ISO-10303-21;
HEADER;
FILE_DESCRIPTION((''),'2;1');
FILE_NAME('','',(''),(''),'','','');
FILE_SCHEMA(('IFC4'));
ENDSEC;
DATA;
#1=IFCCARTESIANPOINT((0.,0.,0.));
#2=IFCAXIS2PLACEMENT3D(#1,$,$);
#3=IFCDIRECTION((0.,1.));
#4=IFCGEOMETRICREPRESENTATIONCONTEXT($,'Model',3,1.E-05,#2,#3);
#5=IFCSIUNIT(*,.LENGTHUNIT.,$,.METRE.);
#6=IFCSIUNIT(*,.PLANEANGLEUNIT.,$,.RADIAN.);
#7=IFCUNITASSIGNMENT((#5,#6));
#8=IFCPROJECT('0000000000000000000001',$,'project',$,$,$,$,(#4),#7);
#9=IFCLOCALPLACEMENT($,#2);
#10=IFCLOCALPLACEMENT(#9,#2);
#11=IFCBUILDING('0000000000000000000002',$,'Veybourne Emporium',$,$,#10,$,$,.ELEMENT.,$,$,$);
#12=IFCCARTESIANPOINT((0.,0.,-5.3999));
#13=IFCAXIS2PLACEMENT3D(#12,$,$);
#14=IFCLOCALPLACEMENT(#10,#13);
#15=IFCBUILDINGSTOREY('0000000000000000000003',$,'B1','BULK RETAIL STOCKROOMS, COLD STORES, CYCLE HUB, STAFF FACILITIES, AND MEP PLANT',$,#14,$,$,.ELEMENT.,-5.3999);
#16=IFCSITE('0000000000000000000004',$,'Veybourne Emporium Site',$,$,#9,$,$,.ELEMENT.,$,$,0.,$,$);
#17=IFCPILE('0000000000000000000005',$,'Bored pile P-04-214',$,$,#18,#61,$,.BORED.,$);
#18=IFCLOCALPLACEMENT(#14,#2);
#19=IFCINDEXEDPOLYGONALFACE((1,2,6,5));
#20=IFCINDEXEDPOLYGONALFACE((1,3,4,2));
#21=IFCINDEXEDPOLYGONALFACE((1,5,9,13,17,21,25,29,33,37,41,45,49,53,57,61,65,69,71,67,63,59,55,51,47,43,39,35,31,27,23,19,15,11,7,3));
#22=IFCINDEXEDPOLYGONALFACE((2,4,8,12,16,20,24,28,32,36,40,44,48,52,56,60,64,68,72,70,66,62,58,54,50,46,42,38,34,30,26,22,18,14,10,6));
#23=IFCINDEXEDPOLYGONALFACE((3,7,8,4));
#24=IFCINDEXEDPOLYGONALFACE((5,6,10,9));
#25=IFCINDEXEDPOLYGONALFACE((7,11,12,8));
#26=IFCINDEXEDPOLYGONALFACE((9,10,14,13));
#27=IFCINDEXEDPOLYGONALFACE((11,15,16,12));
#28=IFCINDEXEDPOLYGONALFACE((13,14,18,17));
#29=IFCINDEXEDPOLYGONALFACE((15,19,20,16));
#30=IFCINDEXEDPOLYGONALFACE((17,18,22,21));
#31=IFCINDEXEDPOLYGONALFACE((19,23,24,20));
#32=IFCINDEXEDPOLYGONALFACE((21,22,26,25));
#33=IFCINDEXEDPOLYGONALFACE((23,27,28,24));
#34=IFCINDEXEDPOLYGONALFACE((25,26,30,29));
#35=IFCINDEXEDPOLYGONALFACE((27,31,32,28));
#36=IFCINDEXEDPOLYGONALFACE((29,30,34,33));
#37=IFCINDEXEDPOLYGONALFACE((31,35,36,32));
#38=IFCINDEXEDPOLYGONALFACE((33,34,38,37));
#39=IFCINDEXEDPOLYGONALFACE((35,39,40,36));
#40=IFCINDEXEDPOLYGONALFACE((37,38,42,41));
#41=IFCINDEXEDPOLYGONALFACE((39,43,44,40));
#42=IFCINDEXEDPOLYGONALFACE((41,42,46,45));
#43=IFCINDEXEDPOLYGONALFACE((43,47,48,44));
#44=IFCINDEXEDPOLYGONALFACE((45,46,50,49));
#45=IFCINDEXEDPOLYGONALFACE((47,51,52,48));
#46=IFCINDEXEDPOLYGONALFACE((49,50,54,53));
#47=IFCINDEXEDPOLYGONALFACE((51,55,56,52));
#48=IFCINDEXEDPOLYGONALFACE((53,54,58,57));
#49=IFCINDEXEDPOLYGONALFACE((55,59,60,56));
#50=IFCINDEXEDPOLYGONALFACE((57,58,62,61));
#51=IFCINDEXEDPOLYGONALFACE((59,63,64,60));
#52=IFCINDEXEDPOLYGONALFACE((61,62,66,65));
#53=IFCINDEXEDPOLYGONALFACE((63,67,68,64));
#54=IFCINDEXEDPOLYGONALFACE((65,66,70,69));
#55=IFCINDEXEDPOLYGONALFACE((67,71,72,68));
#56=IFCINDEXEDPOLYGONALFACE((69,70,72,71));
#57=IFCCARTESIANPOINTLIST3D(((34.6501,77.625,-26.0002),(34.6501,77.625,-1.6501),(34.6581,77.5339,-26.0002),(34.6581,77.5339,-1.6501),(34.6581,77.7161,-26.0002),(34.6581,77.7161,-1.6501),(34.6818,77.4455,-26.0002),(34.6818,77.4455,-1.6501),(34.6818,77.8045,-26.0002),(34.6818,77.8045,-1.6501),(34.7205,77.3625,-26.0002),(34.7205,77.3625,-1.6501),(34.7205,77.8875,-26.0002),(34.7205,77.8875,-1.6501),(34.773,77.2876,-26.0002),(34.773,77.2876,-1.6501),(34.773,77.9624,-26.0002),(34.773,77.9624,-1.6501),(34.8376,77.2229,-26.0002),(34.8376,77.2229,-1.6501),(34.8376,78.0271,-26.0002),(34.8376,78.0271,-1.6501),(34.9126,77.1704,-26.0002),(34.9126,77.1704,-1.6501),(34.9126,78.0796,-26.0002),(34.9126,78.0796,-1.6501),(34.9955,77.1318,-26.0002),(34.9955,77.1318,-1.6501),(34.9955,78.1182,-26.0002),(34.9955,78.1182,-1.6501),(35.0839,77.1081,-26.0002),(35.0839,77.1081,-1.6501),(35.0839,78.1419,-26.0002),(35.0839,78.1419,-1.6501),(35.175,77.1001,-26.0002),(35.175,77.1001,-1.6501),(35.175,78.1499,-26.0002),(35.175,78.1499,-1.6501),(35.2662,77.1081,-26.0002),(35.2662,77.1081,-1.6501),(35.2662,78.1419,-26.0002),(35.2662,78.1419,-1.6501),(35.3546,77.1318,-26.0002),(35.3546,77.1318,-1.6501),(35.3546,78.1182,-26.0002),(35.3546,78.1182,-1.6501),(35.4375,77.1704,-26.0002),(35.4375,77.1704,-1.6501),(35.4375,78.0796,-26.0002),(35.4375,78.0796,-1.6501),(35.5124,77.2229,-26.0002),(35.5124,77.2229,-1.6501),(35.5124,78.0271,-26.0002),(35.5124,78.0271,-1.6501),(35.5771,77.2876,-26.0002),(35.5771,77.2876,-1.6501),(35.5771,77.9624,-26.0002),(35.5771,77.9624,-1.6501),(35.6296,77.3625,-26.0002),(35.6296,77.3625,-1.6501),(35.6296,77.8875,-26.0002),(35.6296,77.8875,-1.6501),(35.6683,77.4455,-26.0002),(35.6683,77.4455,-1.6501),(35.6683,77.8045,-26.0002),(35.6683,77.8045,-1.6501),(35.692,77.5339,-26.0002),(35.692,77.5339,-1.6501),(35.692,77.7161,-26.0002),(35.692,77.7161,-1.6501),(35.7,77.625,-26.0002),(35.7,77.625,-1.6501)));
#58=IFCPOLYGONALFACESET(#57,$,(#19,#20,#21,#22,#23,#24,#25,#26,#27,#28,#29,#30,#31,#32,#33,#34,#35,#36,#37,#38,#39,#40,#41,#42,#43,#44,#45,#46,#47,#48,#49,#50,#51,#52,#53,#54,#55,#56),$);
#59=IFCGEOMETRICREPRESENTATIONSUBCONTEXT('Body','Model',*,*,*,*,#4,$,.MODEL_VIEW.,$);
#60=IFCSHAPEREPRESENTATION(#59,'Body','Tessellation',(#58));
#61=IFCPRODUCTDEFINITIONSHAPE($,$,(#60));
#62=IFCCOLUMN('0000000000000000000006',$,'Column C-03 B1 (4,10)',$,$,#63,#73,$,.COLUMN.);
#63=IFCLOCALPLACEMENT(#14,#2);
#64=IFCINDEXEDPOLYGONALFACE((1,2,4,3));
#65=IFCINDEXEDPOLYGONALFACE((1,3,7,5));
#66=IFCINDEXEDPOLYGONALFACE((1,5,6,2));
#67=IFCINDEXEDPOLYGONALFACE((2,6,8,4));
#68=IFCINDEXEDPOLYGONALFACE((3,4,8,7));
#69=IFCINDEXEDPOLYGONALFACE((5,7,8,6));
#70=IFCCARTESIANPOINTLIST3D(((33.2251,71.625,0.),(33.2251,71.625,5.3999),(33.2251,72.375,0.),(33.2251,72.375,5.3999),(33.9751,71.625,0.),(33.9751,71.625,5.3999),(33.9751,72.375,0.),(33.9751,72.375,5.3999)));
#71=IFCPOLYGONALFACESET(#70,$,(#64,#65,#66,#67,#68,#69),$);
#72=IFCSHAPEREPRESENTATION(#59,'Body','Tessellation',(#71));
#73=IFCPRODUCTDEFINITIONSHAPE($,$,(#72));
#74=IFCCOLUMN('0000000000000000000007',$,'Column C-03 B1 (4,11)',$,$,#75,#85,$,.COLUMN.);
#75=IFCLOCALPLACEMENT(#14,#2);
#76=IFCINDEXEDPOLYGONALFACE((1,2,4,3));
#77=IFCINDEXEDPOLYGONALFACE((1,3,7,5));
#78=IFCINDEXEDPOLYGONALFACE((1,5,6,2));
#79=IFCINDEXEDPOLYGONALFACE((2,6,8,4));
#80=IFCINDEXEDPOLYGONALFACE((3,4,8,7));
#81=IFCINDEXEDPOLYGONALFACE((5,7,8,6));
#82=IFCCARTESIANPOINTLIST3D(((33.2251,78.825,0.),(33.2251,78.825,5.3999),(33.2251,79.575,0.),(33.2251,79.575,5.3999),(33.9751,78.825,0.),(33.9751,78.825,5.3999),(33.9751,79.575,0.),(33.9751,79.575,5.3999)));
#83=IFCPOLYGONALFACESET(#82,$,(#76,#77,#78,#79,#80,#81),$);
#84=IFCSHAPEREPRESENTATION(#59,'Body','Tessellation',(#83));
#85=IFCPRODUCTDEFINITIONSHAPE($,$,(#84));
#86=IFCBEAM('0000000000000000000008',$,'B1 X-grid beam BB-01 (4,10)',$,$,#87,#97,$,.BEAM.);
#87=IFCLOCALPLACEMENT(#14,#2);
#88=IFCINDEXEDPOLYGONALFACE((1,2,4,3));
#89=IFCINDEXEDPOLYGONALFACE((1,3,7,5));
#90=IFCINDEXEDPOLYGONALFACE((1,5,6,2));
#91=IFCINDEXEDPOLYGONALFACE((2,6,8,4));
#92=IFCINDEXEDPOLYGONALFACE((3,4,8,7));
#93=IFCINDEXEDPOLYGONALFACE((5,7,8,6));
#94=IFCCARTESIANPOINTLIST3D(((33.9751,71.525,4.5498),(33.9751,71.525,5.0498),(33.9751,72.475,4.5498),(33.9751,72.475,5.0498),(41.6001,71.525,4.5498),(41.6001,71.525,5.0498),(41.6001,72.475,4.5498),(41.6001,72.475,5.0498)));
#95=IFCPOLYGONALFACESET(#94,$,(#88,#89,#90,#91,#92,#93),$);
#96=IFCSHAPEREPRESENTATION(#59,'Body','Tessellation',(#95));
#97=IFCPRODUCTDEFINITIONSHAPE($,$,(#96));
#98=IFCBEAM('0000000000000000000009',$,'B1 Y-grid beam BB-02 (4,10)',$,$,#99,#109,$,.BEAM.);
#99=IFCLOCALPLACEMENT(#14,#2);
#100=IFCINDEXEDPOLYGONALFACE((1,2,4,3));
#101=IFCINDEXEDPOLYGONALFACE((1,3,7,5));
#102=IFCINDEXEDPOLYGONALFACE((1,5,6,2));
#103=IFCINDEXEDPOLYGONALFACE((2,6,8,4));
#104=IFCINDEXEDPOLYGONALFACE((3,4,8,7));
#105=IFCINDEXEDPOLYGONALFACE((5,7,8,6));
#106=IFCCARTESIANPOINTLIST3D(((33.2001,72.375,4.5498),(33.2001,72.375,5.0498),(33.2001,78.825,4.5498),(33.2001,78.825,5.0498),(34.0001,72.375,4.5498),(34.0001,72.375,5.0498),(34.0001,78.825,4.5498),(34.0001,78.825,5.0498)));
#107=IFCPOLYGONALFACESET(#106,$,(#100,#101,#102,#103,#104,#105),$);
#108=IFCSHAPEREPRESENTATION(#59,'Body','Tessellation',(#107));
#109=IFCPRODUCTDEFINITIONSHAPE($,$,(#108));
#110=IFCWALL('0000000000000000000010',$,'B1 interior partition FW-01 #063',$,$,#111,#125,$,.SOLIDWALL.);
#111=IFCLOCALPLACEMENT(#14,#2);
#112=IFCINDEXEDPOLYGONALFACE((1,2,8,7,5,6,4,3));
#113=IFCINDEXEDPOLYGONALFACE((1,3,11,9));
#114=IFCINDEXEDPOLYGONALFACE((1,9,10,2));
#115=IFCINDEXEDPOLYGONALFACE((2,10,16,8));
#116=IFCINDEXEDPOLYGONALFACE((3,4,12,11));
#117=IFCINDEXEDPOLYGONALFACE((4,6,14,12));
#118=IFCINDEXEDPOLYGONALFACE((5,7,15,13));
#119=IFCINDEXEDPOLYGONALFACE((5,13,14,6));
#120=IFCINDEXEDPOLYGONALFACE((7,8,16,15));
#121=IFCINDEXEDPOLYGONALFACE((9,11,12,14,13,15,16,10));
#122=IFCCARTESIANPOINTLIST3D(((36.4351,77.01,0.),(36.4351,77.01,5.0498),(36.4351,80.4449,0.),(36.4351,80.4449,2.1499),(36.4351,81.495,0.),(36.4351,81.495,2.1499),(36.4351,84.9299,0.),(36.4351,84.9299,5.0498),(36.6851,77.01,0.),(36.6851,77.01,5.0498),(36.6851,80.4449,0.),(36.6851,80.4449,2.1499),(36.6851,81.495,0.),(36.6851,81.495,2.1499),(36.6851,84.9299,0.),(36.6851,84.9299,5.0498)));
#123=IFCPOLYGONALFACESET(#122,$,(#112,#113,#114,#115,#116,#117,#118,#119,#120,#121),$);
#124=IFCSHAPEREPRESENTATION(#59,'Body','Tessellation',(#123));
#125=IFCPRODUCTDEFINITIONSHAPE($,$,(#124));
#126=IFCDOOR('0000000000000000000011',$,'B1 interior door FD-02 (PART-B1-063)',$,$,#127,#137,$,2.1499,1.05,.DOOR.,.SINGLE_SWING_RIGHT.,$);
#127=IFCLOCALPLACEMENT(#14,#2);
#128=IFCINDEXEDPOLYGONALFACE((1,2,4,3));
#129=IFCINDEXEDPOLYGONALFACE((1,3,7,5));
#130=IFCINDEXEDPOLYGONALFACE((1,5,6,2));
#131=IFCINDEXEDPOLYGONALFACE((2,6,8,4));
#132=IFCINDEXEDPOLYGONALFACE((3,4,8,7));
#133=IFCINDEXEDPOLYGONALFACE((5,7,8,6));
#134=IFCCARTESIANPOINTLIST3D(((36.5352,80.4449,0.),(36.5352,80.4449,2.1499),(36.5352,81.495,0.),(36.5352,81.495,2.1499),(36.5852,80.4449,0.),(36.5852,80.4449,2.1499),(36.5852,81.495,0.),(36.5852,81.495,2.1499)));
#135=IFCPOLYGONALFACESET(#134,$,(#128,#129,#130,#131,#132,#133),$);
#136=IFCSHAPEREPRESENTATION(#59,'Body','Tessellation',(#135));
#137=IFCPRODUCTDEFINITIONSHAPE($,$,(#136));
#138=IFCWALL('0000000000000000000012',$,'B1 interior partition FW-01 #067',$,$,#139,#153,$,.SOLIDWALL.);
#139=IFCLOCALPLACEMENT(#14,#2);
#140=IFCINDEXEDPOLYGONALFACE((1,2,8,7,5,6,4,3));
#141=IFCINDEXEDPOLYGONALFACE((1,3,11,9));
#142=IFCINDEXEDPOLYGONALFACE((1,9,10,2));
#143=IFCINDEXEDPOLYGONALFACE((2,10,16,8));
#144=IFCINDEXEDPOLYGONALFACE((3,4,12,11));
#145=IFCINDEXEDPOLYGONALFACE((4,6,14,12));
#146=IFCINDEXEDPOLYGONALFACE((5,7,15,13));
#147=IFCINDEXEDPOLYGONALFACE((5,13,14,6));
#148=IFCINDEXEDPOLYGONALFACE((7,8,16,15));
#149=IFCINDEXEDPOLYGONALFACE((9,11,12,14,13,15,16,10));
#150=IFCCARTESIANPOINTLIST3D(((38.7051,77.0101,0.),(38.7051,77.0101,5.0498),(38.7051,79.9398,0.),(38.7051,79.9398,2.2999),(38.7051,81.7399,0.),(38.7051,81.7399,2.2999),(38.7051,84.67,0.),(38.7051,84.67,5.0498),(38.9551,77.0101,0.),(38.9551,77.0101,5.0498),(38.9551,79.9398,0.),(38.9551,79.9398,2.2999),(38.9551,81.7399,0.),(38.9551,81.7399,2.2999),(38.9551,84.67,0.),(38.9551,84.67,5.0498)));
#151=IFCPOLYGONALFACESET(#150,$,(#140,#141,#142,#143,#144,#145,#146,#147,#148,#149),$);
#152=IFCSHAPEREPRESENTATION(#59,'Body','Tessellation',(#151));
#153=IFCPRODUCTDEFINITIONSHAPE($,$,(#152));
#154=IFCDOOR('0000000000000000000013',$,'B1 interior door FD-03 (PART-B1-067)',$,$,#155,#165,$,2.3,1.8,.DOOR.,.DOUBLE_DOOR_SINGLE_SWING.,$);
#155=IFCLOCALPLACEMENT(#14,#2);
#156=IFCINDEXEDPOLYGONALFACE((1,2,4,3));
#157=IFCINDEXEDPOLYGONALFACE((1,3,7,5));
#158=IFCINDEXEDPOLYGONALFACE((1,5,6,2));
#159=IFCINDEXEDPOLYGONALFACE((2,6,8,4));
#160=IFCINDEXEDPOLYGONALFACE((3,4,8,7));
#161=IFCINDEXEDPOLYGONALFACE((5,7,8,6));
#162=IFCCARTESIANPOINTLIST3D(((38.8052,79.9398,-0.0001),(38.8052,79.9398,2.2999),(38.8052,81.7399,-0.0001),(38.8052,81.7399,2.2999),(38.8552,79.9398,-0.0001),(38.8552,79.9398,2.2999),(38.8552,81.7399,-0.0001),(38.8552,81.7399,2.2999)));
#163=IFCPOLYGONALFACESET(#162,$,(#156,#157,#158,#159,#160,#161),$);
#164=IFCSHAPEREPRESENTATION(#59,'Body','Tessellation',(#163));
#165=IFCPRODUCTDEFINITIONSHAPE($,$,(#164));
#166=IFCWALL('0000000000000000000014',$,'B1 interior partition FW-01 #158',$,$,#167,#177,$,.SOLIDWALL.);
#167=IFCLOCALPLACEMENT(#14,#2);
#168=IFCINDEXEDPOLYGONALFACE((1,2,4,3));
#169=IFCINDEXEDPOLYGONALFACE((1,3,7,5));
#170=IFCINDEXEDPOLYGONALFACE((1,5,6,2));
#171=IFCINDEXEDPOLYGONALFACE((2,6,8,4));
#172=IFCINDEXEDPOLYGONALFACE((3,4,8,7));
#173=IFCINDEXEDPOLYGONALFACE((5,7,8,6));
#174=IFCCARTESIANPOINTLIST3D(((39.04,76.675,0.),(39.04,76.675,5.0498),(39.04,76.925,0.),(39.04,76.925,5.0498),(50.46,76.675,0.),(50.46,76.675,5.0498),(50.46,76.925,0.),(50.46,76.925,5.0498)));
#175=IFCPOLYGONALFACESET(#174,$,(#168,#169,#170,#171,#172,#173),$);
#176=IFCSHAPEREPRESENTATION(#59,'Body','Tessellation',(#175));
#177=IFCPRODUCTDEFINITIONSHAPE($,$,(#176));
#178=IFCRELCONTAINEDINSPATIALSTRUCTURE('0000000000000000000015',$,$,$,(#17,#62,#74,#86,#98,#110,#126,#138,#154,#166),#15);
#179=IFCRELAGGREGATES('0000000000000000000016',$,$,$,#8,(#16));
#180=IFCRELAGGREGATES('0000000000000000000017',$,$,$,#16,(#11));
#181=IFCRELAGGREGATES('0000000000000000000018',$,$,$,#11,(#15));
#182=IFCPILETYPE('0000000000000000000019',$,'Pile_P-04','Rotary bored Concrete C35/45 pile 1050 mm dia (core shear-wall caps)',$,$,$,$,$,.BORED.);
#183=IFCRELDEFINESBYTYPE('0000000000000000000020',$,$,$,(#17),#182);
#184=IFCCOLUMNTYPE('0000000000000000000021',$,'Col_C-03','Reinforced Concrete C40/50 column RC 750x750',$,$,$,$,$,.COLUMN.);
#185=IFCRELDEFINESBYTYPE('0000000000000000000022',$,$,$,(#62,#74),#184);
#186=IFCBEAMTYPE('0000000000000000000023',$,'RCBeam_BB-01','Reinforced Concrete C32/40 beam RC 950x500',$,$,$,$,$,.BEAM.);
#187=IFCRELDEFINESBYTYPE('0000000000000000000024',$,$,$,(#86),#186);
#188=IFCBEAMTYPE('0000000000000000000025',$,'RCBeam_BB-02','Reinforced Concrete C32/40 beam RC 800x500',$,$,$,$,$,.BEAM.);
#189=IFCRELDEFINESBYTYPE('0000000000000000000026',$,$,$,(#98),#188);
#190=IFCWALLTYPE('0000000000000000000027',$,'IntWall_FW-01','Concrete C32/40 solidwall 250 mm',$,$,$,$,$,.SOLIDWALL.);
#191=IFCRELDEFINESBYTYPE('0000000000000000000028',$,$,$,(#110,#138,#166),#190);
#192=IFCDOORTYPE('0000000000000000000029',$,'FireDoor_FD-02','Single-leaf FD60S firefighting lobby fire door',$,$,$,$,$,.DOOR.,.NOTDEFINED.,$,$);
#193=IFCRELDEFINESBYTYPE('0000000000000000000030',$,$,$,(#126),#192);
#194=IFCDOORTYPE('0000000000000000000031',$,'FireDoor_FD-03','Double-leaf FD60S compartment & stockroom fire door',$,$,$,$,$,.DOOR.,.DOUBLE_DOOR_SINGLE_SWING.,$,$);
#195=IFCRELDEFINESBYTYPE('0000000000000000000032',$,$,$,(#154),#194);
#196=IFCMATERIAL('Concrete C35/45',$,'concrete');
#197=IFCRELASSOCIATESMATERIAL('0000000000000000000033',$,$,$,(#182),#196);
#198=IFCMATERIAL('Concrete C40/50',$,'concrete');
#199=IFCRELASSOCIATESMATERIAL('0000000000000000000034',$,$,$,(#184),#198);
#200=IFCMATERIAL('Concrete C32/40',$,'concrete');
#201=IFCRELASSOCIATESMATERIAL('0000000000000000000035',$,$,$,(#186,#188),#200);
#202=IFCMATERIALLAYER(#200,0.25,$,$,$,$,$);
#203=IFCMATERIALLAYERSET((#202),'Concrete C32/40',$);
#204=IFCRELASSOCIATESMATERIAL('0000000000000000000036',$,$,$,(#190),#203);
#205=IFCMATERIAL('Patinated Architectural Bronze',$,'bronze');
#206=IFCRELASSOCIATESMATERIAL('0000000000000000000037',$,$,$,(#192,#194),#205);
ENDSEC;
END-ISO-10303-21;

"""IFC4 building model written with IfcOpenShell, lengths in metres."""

from ifc_helpers import new_model, si_unit, direction, frame, frame_2d, origin, origin_2d, place, context, subcontext, project, spatial, rectangle, circle, extrude, material, layer, layer_set, material_profile, profile_set, type_object, element, fill, save


model = new_model("IFC4")

# Units and contexts
model_context = context("Model", 3, precision=1e-05, world=origin(), true_north=direction((0.0, 1.0)))
body_context = subcontext(model_context, "Body", "Model", "MODEL_VIEW")
ifc_project = project(units=[si_unit("LENGTHUNIT", "METRE"), si_unit("PLANEANGLEUNIT", "RADIAN")], contexts=[model_context])

# Site, building, storey
site_placement = place(None, origin())
site = spatial("IfcSite", under=ifc_project, at=site_placement, Name="Veybourne Emporium Site", CompositionType="ELEMENT", RefElevation=0.0)
building_placement = place(site_placement, origin())
building = spatial("IfcBuilding", under=site, at=building_placement, Name="Veybourne Emporium", CompositionType="ELEMENT")
storey_placement = place(building_placement, frame((0.0, 0.0, -5.3999)))
storey = spatial("IfcBuildingStorey", under=building, at=storey_placement, Name="B1", Description="BULK RETAIL STOCKROOMS, COLD STORES, CYCLE HUB, STAFF FACILITIES, AND MEP PLANT", CompositionType="ELEMENT", Elevation=-5.3999)

# Shared definitions
ifc_material_1 = material(Name="Concrete C35/45", Category="concrete")

# Pile
ifc_material_profile_1 = material_profile(ifc_material_1, circle(Radius=0.5249, at=origin_2d()), Name="BORED PILE 1050")
ifc_profile_set_1 = profile_set([ifc_material_profile_1], Name="Concrete C35/45")
pile_type_1 = type_object("IfcPileType", Name="Pile_P-04", Description="Rotary bored Concrete C35/45 pile 1050 mm dia (core shear-wall caps)", PredefinedType="BORED", material=ifc_profile_set_1)
for number, where, z_axis, x_axis, name in (
    (1, (35.175, 77.625, -1.6501), (0.0, 0.0, -1.0), (1.0, 0.0, 0.0), "Bored pile P-04-214"),
):
    element("IfcPile", number, at=place(storey_placement, frame(where, z_axis=z_axis, x_axis=x_axis)), inside=storey, type_object=pile_type_1, Name=name, PredefinedType="BORED", context=body_context, shape_type="SweptSolid", body=[
        extrude(circle(Radius=0.5249, at=origin_2d()), origin(), (0.0, 0.0, 1.0), 24.3501),
    ])

# Columns
ifc_material_2 = material(Name="Concrete C40/50", Category="concrete")
ifc_material_profile_2 = material_profile(ifc_material_2, rectangle(XDim=0.75, YDim=0.75, at=origin_2d()), Name="RC 750x750")
ifc_profile_set_2 = profile_set([ifc_material_profile_2], Name="Concrete C40/50")
column_type = type_object("IfcColumnType", Name="Col_C-03", Description="Reinforced Concrete C40/50 column RC 750x750", PredefinedType="COLUMN", material=ifc_profile_set_2)
for number, where, z_axis, x_axis, name in (
    (2, (33.6001, 72.0, 0.0), (0.0, 0.0, 1.0), (1.0, 0.0, 0.0), "Column C-03 B1 (4,10)"),
    (3, (33.6001, 79.2, 0.0), (0.0, 0.0, 1.0), (1.0, 0.0, 0.0), "Column C-03 B1 (4,11)"),
):
    element("IfcColumn", number, at=place(storey_placement, frame(where, z_axis=z_axis, x_axis=x_axis)), inside=storey, type_object=column_type, Name=name, PredefinedType="COLUMN", context=body_context, shape_type="SweptSolid", body=[
        extrude(rectangle(XDim=0.75, YDim=0.75, at=origin_2d()), origin(), (0.0, 0.0, 1.0), 5.3999),
    ])

# Beams
ifc_material_3 = material(Name="Concrete C32/40", Category="concrete")
ifc_material_profile_3 = material_profile(ifc_material_3, rectangle(XDim=0.95, YDim=0.5, at=origin_2d()), Name="RC 950x500")
ifc_profile_set_3 = profile_set([ifc_material_profile_3], Name="Concrete C32/40")
beam_type_1 = type_object("IfcBeamType", Name="RCBeam_BB-01", Description="Reinforced Concrete C32/40 beam RC 950x500", PredefinedType="BEAM", material=ifc_profile_set_3)
beam_1_placement = place(storey_placement, frame((33.9751, 72.0, 4.7998), z_axis=(1.0, 0.0, 0.0), x_axis=(0.0, 1.0, 0.0)))
element("IfcBeam", 4, at=beam_1_placement, inside=storey, type_object=beam_type_1, Name="B1 X-grid beam BB-01 (4,10)", PredefinedType="BEAM", context=body_context, shape_type="SweptSolid", body=[
    extrude(rectangle(XDim=0.95, YDim=0.5, at=origin_2d()), origin(), (0.0, 0.0, 1.0), 7.625),
])
ifc_material_profile_4 = material_profile(ifc_material_3, rectangle(XDim=0.8, YDim=0.5, at=origin_2d()), Name="RC 800x500")
ifc_profile_set_4 = profile_set([ifc_material_profile_4], Name="Concrete C32/40")
beam_type_2 = type_object("IfcBeamType", Name="RCBeam_BB-02", Description="Reinforced Concrete C32/40 beam RC 800x500", PredefinedType="BEAM", material=ifc_profile_set_4)
beam_2_placement = place(storey_placement, frame((33.6001, 72.375, 4.7998), z_axis=(0.0, 1.0, 0.0), x_axis=(-1.0, 0.0, 0.0)))
element("IfcBeam", 5, at=beam_2_placement, inside=storey, type_object=beam_type_2, Name="B1 Y-grid beam BB-02 (4,10)", PredefinedType="BEAM", context=body_context, shape_type="SweptSolid", body=[
    extrude(rectangle(XDim=0.8, YDim=0.5, at=origin_2d()), origin(), (0.0, 0.0, 1.0), 6.45),
])

# Walls, openings, doors
ifc_layer = layer(ifc_material_3, 0.25)
ifc_layer_set = layer_set([ifc_layer], Name="Concrete C32/40")
wall_type = type_object("IfcWallType", Name="IntWall_FW-01", Description="Concrete C32/40 solidwall 250 mm", PredefinedType="SOLIDWALL", material=ifc_layer_set)
wall_1_placement = place(storey_placement, frame((36.5601, 77.01, 0.0), z_axis=(0.0, 0.0, 1.0), x_axis=(0.0, 1.0, 0.0)))
wall_1 = element("IfcWall", 6, at=wall_1_placement, inside=storey, type_object=wall_type, Name="B1 interior partition FW-01 #063", PredefinedType="SOLIDWALL", context=body_context, shape_type="SweptSolid", body=[
    extrude(rectangle(XDim=7.9199, YDim=0.25, at=frame_2d((3.96, 0.0))), origin(), (0.0, 0.0, 1.0), 5.0498),
])
opening_1_placement = place(wall_1_placement, frame((3.4351, 0.0, 0.0)))
opening_1 = element("IfcOpeningElement", 7, at=opening_1_placement, cuts=wall_1, PredefinedType="OPENING", context=body_context, shape_type="SweptSolid", body=[
    extrude(rectangle(XDim=1.05, YDim=2.1499, at=frame_2d((0.5249, 1.075))), frame((0.0, 0.145, 0.0), z_axis=(0.0, -1.0, 0.0), x_axis=(1.0, 0.0, 0.0)), (0.0, 0.0, 1.0), 0.29),
])
ifc_material_4 = material(Name="Patinated Architectural Bronze", Category="bronze")
door_type_1 = type_object("IfcDoorType", Name="FireDoor_FD-02", Description="Single-leaf FD60S firefighting lobby fire door", OperationType="NOTDEFINED", PredefinedType="DOOR", material=ifc_material_4)
door_1_placement = place(opening_1_placement, origin())
door_1 = element("IfcDoor", 8, at=door_1_placement, inside=storey, type_object=door_type_1, Name="B1 interior door FD-02 (PART-B1-063)", OperationType="SINGLE_SWING_RIGHT", OverallHeight=2.1499, OverallWidth=1.05, PredefinedType="DOOR", context=body_context, shape_type="SweptSolid", body=[
    extrude(rectangle(XDim=1.05, YDim=2.1499, at=frame_2d((0.5249, 1.075))), frame((0.0, 0.0249, 0.0), z_axis=(0.0, -1.0, 0.0), x_axis=(1.0, 0.0, 0.0)), (0.0, 0.0, 1.0), 0.05),
])
fill(opening_1, door_1)
wall_2_placement = place(storey_placement, frame((38.8301, 77.01, 0.0), z_axis=(0.0, 0.0, 1.0), x_axis=(0.0, 1.0, 0.0)))
wall_2 = element("IfcWall", 9, at=wall_2_placement, inside=storey, type_object=wall_type, Name="B1 interior partition FW-01 #067", PredefinedType="SOLIDWALL", context=body_context, shape_type="SweptSolid", body=[
    extrude(rectangle(XDim=7.6599, YDim=0.25, at=frame_2d((3.8301, 0.0))), origin(), (0.0, 0.0, 1.0), 5.0498),
])
opening_2_placement = place(wall_2_placement, frame((2.9299, 0.0, 0.0)))
opening_2 = element("IfcOpeningElement", 10, at=opening_2_placement, cuts=wall_2, PredefinedType="OPENING", context=body_context, shape_type="SweptSolid", body=[
    extrude(rectangle(XDim=1.8, YDim=2.3, at=frame_2d((0.8999, 1.1499))), frame((0.0, 0.145, 0.0), z_axis=(0.0, -1.0, 0.0), x_axis=(1.0, 0.0, 0.0)), (0.0, 0.0, 1.0), 0.29),
])
door_type_2 = type_object("IfcDoorType", Name="FireDoor_FD-03", Description="Double-leaf FD60S compartment & stockroom fire door", OperationType="DOUBLE_DOOR_SINGLE_SWING", PredefinedType="DOOR", material=ifc_material_4)
door_2_placement = place(opening_2_placement, origin())
door_2 = element("IfcDoor", 11, at=door_2_placement, inside=storey, type_object=door_type_2, Name="B1 interior door FD-03 (PART-B1-067)", OperationType="DOUBLE_DOOR_SINGLE_SWING", OverallHeight=2.3, OverallWidth=1.8, PredefinedType="DOOR", context=body_context, shape_type="SweptSolid", body=[
    extrude(rectangle(XDim=1.8, YDim=2.3, at=frame_2d((0.8999, 1.1499))), frame((0.0, 0.0249, 0.0), z_axis=(0.0, -1.0, 0.0), x_axis=(1.0, 0.0, 0.0)), (0.0, 0.0, 1.0), 0.05),
])
fill(opening_2, door_2)

# Wall
wall_3_placement = place(storey_placement, frame((39.04, 76.8, 0.0), z_axis=(0.0, 0.0, 1.0), x_axis=(1.0, 0.0, 0.0)))
element("IfcWall", 12, at=wall_3_placement, inside=storey, type_object=wall_type, Name="B1 interior partition FW-01 #158", PredefinedType="SOLIDWALL", context=body_context, shape_type="SweptSolid", body=[
    extrude(rectangle(XDim=11.4199, YDim=0.25, at=frame_2d((5.71, 0.0))), origin(), (0.0, 0.0, 1.0), 5.0498),
])

save(model, "model.ifc")
